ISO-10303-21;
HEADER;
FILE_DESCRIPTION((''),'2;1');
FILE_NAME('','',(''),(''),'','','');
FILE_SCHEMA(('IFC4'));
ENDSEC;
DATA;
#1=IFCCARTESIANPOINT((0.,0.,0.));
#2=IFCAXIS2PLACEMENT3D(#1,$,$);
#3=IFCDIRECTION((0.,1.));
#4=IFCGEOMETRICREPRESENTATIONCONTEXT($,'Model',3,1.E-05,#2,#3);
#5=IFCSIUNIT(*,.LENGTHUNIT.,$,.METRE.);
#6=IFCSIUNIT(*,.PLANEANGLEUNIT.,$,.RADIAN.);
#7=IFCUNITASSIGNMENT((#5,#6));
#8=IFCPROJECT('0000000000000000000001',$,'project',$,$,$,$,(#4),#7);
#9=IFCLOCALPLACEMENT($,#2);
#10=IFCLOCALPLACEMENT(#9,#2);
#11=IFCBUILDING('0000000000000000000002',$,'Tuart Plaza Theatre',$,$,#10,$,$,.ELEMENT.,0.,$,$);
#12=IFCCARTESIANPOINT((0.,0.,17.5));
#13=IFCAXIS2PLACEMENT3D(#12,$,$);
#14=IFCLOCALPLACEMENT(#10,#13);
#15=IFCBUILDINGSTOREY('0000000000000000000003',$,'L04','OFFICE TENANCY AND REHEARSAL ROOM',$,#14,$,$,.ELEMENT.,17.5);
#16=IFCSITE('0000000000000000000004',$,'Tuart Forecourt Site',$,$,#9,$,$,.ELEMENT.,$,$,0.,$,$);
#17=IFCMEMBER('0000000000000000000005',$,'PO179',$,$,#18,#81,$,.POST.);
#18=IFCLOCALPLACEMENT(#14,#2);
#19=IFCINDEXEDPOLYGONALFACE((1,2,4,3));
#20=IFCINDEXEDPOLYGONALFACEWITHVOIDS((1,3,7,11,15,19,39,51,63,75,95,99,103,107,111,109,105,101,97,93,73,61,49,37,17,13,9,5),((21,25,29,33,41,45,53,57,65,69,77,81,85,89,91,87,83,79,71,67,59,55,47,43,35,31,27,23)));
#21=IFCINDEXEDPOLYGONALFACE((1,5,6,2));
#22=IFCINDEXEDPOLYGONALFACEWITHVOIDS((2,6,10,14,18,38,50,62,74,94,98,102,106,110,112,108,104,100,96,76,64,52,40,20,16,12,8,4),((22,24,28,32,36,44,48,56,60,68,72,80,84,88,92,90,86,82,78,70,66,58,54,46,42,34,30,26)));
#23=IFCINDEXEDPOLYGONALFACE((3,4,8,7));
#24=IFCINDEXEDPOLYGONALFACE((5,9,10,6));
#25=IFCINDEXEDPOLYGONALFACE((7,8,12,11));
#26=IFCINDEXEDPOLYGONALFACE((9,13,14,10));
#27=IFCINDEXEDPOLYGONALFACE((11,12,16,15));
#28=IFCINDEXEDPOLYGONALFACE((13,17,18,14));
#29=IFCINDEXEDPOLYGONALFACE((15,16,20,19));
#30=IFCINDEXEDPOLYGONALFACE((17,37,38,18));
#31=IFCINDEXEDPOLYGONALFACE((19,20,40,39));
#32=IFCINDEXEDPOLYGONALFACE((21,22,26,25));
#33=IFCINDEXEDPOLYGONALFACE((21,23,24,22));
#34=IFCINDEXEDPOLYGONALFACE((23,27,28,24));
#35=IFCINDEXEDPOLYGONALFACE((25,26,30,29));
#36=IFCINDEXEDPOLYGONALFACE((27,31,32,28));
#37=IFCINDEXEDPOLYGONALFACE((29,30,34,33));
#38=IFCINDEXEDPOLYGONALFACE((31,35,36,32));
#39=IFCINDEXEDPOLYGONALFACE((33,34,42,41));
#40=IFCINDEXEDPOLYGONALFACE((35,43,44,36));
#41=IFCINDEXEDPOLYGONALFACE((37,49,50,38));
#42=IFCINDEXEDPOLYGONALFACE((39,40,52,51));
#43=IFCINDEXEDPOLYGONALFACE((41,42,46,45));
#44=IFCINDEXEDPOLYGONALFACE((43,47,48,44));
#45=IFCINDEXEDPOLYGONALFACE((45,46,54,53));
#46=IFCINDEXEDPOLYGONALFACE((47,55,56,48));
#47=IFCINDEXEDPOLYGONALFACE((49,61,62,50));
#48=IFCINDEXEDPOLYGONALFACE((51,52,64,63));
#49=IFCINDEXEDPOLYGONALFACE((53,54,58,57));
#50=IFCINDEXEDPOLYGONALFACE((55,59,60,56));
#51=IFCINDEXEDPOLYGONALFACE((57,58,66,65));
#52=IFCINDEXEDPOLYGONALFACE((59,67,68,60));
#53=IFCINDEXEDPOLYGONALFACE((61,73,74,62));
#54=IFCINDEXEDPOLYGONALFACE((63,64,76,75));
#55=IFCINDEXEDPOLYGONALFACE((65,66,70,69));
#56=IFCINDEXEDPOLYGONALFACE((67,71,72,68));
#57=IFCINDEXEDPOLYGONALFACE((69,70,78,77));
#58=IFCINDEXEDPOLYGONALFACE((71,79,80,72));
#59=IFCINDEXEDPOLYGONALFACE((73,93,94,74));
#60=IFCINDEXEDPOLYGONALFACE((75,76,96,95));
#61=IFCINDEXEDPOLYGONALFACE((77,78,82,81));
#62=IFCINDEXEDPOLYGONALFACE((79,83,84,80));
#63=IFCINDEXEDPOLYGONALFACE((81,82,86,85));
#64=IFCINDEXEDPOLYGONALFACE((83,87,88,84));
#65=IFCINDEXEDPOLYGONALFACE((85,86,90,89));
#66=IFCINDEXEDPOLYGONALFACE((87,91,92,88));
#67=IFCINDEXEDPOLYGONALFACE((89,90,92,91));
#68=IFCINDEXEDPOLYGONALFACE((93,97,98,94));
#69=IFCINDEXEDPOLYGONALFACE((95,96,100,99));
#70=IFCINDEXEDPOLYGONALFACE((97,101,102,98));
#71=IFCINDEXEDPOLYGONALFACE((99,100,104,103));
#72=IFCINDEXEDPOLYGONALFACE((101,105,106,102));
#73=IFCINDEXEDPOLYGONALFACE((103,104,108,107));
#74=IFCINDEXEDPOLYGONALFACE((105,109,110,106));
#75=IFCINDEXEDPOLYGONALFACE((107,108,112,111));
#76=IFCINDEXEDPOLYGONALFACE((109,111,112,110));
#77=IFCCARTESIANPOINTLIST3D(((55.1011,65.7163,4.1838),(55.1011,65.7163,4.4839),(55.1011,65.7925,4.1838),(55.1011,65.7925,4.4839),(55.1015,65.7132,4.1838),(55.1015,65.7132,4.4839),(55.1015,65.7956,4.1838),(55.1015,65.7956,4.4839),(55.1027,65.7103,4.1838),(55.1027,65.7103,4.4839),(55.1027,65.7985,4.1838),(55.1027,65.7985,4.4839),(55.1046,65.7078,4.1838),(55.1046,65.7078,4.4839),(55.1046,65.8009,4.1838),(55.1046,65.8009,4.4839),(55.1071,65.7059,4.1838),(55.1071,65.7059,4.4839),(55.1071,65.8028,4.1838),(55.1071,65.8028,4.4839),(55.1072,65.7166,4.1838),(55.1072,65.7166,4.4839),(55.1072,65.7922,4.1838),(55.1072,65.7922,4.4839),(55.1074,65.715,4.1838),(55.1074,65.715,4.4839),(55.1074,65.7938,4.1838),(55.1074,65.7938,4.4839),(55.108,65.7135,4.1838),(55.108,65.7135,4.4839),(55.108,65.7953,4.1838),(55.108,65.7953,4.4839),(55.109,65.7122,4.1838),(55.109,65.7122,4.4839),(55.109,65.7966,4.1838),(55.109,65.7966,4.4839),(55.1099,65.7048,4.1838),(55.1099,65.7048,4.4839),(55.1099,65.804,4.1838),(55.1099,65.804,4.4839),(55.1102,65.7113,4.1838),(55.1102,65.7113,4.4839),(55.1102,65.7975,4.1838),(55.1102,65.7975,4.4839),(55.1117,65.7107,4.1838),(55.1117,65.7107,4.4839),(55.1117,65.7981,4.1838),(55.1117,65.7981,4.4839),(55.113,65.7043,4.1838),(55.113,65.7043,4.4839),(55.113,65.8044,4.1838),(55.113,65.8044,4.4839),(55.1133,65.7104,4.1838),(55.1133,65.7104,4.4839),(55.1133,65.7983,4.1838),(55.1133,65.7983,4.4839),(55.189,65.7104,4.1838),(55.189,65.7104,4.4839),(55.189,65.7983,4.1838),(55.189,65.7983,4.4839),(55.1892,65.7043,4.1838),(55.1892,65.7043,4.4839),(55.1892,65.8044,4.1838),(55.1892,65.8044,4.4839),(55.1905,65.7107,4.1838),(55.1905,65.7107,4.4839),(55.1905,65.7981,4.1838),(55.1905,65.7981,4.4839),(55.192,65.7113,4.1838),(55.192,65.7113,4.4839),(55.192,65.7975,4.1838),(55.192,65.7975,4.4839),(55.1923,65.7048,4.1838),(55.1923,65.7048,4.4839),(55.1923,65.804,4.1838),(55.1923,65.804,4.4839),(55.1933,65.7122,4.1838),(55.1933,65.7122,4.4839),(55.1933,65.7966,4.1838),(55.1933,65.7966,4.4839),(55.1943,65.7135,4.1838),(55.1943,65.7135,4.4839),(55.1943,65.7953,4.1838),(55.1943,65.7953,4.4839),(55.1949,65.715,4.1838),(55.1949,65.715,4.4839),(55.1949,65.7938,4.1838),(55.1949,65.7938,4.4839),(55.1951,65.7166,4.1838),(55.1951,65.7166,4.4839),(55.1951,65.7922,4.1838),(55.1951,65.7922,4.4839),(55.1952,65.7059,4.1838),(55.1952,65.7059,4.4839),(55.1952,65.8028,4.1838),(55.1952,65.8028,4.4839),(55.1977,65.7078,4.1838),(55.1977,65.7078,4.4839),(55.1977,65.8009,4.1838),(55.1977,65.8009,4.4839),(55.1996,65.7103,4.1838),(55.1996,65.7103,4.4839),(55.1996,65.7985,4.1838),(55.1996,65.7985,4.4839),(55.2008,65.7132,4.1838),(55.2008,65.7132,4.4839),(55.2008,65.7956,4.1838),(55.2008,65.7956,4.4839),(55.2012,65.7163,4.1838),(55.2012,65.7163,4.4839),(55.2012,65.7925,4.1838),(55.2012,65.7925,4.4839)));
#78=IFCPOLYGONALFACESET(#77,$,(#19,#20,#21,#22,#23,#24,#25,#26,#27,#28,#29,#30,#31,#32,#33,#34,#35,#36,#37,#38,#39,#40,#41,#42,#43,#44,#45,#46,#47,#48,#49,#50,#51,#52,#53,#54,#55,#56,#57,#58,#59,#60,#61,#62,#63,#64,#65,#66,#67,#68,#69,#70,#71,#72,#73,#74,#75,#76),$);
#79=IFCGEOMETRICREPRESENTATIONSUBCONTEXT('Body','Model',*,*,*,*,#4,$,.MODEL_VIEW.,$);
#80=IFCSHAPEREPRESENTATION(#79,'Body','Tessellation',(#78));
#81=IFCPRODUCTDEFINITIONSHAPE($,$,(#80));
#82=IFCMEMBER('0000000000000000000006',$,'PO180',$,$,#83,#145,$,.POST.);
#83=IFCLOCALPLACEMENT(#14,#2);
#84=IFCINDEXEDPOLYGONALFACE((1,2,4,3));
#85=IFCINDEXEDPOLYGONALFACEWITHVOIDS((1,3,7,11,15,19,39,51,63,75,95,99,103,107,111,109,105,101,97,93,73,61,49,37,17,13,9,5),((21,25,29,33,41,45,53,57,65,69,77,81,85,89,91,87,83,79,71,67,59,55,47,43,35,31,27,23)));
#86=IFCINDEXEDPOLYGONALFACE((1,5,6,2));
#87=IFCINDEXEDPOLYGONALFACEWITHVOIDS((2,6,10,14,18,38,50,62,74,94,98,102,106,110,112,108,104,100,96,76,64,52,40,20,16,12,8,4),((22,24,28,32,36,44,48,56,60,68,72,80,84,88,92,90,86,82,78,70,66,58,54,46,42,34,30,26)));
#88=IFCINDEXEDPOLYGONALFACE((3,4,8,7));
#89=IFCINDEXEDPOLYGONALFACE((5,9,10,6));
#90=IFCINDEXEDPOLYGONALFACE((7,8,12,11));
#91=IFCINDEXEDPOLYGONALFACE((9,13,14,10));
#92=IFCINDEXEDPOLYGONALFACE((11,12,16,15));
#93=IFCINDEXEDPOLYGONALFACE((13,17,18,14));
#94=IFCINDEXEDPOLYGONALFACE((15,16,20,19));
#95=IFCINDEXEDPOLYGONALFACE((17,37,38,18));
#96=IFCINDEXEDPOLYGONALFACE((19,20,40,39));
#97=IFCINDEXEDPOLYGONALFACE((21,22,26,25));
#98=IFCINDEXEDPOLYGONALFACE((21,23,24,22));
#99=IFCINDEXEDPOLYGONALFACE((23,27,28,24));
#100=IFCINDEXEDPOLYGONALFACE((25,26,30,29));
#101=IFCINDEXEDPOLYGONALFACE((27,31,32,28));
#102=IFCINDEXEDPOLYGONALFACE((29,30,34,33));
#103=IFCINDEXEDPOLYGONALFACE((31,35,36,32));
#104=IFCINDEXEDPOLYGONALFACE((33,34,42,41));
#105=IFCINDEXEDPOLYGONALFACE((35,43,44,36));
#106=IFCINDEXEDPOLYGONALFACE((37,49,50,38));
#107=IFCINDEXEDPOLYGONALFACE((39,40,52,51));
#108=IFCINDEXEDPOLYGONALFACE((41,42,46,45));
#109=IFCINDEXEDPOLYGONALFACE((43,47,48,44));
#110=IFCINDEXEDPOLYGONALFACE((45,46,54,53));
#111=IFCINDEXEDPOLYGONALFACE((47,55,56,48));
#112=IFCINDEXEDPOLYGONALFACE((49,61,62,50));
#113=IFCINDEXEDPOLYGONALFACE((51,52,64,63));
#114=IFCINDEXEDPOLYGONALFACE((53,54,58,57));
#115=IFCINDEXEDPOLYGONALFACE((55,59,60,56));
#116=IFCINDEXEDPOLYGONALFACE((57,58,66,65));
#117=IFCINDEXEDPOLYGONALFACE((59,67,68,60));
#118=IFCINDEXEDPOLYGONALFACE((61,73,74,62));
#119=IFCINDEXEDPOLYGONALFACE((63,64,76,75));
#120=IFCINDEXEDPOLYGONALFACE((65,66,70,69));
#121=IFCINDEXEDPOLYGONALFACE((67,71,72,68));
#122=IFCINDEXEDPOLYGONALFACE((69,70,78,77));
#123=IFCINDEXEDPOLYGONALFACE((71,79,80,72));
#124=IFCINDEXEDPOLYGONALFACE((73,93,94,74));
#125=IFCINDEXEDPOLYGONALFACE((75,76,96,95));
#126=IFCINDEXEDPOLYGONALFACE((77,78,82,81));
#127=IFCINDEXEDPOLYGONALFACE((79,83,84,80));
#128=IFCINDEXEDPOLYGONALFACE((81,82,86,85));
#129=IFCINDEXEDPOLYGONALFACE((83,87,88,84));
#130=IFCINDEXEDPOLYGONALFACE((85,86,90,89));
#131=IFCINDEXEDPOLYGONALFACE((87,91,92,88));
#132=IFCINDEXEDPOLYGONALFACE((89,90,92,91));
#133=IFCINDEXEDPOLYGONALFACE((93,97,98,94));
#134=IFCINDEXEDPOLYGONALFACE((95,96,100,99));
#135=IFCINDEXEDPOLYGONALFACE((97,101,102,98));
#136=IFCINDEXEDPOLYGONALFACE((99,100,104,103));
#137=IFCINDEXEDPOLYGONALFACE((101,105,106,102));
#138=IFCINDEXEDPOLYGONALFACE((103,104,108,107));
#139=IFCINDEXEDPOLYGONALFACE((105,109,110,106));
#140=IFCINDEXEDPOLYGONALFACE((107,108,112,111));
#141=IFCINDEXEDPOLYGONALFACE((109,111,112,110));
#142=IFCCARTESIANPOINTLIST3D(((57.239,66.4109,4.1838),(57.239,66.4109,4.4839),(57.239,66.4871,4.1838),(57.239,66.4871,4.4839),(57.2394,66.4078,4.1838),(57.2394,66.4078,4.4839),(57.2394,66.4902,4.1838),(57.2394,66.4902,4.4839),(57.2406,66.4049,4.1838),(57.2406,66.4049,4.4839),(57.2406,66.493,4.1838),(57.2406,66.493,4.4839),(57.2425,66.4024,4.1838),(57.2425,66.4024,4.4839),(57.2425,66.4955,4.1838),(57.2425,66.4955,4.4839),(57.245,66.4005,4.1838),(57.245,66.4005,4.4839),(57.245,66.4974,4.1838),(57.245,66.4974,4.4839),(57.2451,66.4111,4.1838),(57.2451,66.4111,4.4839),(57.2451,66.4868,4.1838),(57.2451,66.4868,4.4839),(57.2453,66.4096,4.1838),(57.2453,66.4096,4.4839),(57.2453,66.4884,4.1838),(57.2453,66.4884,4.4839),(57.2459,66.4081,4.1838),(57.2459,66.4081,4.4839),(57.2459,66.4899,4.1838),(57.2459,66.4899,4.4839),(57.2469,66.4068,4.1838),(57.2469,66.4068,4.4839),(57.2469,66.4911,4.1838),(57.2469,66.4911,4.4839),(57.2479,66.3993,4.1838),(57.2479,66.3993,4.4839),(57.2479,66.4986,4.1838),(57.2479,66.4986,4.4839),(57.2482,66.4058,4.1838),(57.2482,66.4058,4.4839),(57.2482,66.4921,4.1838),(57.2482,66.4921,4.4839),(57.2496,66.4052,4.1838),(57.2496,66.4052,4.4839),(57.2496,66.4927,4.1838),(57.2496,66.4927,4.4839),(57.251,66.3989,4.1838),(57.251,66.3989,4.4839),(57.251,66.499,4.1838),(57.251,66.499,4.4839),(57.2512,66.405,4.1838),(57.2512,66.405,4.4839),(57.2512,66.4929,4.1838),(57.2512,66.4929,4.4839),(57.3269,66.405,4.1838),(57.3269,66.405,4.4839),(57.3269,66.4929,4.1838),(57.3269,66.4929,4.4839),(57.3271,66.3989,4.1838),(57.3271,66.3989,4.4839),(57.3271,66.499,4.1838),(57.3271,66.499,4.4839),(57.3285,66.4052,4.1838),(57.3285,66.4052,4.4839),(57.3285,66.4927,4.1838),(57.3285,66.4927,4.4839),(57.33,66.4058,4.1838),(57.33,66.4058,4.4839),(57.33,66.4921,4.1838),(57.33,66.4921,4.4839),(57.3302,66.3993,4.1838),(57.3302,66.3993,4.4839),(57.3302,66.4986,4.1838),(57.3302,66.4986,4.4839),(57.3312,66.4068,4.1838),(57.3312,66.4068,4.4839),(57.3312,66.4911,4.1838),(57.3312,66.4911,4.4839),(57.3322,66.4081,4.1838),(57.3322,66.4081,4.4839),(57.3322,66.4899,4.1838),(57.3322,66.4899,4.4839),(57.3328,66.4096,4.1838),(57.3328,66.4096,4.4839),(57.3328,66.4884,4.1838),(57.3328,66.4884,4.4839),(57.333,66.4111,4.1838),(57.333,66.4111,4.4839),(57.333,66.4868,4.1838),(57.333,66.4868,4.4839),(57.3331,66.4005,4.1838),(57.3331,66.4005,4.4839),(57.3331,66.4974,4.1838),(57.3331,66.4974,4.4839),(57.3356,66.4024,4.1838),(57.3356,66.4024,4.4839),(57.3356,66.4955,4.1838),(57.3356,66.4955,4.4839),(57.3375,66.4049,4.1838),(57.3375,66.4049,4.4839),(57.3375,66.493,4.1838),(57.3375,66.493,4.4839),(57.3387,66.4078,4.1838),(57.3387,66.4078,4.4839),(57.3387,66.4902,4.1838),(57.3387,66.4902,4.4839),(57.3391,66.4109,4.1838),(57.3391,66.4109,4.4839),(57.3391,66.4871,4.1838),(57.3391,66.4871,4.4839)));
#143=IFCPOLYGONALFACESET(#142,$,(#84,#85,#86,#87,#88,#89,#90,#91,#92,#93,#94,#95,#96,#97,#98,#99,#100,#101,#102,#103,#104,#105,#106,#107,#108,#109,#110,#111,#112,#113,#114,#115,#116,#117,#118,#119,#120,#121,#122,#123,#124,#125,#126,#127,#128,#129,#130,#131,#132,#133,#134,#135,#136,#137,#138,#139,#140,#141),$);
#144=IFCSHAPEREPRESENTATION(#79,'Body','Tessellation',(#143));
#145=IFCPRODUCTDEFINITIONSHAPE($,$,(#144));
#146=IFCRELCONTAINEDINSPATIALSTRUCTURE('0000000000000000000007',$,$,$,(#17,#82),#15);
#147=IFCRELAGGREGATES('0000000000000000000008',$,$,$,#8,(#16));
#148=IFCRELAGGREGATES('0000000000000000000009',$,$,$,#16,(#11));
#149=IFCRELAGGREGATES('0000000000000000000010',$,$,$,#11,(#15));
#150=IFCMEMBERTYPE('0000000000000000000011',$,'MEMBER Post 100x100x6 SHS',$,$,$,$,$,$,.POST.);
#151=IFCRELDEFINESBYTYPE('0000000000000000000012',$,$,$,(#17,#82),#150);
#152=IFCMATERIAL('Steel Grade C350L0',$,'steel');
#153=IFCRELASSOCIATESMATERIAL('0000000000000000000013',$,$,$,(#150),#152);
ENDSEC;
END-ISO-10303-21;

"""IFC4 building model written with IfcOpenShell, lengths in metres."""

from ifc_helpers import new_model, si_unit, direction, frame, origin, origin_2d, place, context, subcontext, project, spatial, hollow_rectangle, extrude, material, material_profile, profile_set, type_object, element, save


model = new_model("IFC4")

# Units and contexts
model_context = context("Model", 3, precision=1e-05, world=origin(), true_north=direction((0.0, 1.0)))
body_context = subcontext(model_context, "Body", "Model", "MODEL_VIEW")
ifc_project = project(units=[si_unit("LENGTHUNIT", "METRE"), si_unit("PLANEANGLEUNIT", "RADIAN")], contexts=[model_context])

# Site, building, storey
site_placement = place(None, origin())
site = spatial("IfcSite", under=ifc_project, at=site_placement, Name="Tuart Forecourt Site", CompositionType="ELEMENT", RefElevation=0.0)
building_placement = place(site_placement, origin())
building = spatial("IfcBuilding", under=site, at=building_placement, Name="Tuart Plaza Theatre", CompositionType="ELEMENT", ElevationOfRefHeight=0.0)
storey_placement = place(building_placement, frame((0.0, 0.0, 17.5)))
storey = spatial("IfcBuildingStorey", under=building, at=storey_placement, Name="L04", Description="OFFICE TENANCY AND REHEARSAL ROOM", CompositionType="ELEMENT", Elevation=17.5)

# Members
ifc_material_1 = material(Name="Steel Grade C350L0", Category="steel")
ifc_material_profile_1 = material_profile(ifc_material_1, hollow_rectangle(XDim=0.1001, YDim=0.1001, WallThickness=0.0061, InnerFilletRadius=0.0061, OuterFilletRadius=0.012, at=origin_2d()), Name="100x100x6 SHS")
ifc_profile_set_1 = profile_set([ifc_material_profile_1], Name="Steel Grade C350L0")
member_type_1 = type_object("IfcMemberType", Name="MEMBER Post 100x100x6 SHS", PredefinedType="POST", material=ifc_profile_set_1)
for number, where, z_axis, x_axis, name in (
    (1, (55.1511, 65.7544, 4.1838), (0.0, 0.0, 1.0), (1.0, 0.0, 0.0), "PO179"),
    (2, (57.2891, 66.449, 4.1838), (0.0, 0.0, 1.0), (1.0, 0.0, 0.0), "PO180"),
):
    element("IfcMember", number, at=place(storey_placement, frame(where, z_axis=z_axis, x_axis=x_axis)), inside=storey, type_object=member_type_1, Name=name, PredefinedType="POST", context=body_context, shape_type="SweptSolid", body=[
        extrude(hollow_rectangle(XDim=0.1001, YDim=0.1001, WallThickness=0.0061, InnerFilletRadius=0.0061, OuterFilletRadius=0.012, at=origin_2d()), origin(), (0.0, 0.0, 1.0), 0.3),
    ])

save(model, "model.ifc")
